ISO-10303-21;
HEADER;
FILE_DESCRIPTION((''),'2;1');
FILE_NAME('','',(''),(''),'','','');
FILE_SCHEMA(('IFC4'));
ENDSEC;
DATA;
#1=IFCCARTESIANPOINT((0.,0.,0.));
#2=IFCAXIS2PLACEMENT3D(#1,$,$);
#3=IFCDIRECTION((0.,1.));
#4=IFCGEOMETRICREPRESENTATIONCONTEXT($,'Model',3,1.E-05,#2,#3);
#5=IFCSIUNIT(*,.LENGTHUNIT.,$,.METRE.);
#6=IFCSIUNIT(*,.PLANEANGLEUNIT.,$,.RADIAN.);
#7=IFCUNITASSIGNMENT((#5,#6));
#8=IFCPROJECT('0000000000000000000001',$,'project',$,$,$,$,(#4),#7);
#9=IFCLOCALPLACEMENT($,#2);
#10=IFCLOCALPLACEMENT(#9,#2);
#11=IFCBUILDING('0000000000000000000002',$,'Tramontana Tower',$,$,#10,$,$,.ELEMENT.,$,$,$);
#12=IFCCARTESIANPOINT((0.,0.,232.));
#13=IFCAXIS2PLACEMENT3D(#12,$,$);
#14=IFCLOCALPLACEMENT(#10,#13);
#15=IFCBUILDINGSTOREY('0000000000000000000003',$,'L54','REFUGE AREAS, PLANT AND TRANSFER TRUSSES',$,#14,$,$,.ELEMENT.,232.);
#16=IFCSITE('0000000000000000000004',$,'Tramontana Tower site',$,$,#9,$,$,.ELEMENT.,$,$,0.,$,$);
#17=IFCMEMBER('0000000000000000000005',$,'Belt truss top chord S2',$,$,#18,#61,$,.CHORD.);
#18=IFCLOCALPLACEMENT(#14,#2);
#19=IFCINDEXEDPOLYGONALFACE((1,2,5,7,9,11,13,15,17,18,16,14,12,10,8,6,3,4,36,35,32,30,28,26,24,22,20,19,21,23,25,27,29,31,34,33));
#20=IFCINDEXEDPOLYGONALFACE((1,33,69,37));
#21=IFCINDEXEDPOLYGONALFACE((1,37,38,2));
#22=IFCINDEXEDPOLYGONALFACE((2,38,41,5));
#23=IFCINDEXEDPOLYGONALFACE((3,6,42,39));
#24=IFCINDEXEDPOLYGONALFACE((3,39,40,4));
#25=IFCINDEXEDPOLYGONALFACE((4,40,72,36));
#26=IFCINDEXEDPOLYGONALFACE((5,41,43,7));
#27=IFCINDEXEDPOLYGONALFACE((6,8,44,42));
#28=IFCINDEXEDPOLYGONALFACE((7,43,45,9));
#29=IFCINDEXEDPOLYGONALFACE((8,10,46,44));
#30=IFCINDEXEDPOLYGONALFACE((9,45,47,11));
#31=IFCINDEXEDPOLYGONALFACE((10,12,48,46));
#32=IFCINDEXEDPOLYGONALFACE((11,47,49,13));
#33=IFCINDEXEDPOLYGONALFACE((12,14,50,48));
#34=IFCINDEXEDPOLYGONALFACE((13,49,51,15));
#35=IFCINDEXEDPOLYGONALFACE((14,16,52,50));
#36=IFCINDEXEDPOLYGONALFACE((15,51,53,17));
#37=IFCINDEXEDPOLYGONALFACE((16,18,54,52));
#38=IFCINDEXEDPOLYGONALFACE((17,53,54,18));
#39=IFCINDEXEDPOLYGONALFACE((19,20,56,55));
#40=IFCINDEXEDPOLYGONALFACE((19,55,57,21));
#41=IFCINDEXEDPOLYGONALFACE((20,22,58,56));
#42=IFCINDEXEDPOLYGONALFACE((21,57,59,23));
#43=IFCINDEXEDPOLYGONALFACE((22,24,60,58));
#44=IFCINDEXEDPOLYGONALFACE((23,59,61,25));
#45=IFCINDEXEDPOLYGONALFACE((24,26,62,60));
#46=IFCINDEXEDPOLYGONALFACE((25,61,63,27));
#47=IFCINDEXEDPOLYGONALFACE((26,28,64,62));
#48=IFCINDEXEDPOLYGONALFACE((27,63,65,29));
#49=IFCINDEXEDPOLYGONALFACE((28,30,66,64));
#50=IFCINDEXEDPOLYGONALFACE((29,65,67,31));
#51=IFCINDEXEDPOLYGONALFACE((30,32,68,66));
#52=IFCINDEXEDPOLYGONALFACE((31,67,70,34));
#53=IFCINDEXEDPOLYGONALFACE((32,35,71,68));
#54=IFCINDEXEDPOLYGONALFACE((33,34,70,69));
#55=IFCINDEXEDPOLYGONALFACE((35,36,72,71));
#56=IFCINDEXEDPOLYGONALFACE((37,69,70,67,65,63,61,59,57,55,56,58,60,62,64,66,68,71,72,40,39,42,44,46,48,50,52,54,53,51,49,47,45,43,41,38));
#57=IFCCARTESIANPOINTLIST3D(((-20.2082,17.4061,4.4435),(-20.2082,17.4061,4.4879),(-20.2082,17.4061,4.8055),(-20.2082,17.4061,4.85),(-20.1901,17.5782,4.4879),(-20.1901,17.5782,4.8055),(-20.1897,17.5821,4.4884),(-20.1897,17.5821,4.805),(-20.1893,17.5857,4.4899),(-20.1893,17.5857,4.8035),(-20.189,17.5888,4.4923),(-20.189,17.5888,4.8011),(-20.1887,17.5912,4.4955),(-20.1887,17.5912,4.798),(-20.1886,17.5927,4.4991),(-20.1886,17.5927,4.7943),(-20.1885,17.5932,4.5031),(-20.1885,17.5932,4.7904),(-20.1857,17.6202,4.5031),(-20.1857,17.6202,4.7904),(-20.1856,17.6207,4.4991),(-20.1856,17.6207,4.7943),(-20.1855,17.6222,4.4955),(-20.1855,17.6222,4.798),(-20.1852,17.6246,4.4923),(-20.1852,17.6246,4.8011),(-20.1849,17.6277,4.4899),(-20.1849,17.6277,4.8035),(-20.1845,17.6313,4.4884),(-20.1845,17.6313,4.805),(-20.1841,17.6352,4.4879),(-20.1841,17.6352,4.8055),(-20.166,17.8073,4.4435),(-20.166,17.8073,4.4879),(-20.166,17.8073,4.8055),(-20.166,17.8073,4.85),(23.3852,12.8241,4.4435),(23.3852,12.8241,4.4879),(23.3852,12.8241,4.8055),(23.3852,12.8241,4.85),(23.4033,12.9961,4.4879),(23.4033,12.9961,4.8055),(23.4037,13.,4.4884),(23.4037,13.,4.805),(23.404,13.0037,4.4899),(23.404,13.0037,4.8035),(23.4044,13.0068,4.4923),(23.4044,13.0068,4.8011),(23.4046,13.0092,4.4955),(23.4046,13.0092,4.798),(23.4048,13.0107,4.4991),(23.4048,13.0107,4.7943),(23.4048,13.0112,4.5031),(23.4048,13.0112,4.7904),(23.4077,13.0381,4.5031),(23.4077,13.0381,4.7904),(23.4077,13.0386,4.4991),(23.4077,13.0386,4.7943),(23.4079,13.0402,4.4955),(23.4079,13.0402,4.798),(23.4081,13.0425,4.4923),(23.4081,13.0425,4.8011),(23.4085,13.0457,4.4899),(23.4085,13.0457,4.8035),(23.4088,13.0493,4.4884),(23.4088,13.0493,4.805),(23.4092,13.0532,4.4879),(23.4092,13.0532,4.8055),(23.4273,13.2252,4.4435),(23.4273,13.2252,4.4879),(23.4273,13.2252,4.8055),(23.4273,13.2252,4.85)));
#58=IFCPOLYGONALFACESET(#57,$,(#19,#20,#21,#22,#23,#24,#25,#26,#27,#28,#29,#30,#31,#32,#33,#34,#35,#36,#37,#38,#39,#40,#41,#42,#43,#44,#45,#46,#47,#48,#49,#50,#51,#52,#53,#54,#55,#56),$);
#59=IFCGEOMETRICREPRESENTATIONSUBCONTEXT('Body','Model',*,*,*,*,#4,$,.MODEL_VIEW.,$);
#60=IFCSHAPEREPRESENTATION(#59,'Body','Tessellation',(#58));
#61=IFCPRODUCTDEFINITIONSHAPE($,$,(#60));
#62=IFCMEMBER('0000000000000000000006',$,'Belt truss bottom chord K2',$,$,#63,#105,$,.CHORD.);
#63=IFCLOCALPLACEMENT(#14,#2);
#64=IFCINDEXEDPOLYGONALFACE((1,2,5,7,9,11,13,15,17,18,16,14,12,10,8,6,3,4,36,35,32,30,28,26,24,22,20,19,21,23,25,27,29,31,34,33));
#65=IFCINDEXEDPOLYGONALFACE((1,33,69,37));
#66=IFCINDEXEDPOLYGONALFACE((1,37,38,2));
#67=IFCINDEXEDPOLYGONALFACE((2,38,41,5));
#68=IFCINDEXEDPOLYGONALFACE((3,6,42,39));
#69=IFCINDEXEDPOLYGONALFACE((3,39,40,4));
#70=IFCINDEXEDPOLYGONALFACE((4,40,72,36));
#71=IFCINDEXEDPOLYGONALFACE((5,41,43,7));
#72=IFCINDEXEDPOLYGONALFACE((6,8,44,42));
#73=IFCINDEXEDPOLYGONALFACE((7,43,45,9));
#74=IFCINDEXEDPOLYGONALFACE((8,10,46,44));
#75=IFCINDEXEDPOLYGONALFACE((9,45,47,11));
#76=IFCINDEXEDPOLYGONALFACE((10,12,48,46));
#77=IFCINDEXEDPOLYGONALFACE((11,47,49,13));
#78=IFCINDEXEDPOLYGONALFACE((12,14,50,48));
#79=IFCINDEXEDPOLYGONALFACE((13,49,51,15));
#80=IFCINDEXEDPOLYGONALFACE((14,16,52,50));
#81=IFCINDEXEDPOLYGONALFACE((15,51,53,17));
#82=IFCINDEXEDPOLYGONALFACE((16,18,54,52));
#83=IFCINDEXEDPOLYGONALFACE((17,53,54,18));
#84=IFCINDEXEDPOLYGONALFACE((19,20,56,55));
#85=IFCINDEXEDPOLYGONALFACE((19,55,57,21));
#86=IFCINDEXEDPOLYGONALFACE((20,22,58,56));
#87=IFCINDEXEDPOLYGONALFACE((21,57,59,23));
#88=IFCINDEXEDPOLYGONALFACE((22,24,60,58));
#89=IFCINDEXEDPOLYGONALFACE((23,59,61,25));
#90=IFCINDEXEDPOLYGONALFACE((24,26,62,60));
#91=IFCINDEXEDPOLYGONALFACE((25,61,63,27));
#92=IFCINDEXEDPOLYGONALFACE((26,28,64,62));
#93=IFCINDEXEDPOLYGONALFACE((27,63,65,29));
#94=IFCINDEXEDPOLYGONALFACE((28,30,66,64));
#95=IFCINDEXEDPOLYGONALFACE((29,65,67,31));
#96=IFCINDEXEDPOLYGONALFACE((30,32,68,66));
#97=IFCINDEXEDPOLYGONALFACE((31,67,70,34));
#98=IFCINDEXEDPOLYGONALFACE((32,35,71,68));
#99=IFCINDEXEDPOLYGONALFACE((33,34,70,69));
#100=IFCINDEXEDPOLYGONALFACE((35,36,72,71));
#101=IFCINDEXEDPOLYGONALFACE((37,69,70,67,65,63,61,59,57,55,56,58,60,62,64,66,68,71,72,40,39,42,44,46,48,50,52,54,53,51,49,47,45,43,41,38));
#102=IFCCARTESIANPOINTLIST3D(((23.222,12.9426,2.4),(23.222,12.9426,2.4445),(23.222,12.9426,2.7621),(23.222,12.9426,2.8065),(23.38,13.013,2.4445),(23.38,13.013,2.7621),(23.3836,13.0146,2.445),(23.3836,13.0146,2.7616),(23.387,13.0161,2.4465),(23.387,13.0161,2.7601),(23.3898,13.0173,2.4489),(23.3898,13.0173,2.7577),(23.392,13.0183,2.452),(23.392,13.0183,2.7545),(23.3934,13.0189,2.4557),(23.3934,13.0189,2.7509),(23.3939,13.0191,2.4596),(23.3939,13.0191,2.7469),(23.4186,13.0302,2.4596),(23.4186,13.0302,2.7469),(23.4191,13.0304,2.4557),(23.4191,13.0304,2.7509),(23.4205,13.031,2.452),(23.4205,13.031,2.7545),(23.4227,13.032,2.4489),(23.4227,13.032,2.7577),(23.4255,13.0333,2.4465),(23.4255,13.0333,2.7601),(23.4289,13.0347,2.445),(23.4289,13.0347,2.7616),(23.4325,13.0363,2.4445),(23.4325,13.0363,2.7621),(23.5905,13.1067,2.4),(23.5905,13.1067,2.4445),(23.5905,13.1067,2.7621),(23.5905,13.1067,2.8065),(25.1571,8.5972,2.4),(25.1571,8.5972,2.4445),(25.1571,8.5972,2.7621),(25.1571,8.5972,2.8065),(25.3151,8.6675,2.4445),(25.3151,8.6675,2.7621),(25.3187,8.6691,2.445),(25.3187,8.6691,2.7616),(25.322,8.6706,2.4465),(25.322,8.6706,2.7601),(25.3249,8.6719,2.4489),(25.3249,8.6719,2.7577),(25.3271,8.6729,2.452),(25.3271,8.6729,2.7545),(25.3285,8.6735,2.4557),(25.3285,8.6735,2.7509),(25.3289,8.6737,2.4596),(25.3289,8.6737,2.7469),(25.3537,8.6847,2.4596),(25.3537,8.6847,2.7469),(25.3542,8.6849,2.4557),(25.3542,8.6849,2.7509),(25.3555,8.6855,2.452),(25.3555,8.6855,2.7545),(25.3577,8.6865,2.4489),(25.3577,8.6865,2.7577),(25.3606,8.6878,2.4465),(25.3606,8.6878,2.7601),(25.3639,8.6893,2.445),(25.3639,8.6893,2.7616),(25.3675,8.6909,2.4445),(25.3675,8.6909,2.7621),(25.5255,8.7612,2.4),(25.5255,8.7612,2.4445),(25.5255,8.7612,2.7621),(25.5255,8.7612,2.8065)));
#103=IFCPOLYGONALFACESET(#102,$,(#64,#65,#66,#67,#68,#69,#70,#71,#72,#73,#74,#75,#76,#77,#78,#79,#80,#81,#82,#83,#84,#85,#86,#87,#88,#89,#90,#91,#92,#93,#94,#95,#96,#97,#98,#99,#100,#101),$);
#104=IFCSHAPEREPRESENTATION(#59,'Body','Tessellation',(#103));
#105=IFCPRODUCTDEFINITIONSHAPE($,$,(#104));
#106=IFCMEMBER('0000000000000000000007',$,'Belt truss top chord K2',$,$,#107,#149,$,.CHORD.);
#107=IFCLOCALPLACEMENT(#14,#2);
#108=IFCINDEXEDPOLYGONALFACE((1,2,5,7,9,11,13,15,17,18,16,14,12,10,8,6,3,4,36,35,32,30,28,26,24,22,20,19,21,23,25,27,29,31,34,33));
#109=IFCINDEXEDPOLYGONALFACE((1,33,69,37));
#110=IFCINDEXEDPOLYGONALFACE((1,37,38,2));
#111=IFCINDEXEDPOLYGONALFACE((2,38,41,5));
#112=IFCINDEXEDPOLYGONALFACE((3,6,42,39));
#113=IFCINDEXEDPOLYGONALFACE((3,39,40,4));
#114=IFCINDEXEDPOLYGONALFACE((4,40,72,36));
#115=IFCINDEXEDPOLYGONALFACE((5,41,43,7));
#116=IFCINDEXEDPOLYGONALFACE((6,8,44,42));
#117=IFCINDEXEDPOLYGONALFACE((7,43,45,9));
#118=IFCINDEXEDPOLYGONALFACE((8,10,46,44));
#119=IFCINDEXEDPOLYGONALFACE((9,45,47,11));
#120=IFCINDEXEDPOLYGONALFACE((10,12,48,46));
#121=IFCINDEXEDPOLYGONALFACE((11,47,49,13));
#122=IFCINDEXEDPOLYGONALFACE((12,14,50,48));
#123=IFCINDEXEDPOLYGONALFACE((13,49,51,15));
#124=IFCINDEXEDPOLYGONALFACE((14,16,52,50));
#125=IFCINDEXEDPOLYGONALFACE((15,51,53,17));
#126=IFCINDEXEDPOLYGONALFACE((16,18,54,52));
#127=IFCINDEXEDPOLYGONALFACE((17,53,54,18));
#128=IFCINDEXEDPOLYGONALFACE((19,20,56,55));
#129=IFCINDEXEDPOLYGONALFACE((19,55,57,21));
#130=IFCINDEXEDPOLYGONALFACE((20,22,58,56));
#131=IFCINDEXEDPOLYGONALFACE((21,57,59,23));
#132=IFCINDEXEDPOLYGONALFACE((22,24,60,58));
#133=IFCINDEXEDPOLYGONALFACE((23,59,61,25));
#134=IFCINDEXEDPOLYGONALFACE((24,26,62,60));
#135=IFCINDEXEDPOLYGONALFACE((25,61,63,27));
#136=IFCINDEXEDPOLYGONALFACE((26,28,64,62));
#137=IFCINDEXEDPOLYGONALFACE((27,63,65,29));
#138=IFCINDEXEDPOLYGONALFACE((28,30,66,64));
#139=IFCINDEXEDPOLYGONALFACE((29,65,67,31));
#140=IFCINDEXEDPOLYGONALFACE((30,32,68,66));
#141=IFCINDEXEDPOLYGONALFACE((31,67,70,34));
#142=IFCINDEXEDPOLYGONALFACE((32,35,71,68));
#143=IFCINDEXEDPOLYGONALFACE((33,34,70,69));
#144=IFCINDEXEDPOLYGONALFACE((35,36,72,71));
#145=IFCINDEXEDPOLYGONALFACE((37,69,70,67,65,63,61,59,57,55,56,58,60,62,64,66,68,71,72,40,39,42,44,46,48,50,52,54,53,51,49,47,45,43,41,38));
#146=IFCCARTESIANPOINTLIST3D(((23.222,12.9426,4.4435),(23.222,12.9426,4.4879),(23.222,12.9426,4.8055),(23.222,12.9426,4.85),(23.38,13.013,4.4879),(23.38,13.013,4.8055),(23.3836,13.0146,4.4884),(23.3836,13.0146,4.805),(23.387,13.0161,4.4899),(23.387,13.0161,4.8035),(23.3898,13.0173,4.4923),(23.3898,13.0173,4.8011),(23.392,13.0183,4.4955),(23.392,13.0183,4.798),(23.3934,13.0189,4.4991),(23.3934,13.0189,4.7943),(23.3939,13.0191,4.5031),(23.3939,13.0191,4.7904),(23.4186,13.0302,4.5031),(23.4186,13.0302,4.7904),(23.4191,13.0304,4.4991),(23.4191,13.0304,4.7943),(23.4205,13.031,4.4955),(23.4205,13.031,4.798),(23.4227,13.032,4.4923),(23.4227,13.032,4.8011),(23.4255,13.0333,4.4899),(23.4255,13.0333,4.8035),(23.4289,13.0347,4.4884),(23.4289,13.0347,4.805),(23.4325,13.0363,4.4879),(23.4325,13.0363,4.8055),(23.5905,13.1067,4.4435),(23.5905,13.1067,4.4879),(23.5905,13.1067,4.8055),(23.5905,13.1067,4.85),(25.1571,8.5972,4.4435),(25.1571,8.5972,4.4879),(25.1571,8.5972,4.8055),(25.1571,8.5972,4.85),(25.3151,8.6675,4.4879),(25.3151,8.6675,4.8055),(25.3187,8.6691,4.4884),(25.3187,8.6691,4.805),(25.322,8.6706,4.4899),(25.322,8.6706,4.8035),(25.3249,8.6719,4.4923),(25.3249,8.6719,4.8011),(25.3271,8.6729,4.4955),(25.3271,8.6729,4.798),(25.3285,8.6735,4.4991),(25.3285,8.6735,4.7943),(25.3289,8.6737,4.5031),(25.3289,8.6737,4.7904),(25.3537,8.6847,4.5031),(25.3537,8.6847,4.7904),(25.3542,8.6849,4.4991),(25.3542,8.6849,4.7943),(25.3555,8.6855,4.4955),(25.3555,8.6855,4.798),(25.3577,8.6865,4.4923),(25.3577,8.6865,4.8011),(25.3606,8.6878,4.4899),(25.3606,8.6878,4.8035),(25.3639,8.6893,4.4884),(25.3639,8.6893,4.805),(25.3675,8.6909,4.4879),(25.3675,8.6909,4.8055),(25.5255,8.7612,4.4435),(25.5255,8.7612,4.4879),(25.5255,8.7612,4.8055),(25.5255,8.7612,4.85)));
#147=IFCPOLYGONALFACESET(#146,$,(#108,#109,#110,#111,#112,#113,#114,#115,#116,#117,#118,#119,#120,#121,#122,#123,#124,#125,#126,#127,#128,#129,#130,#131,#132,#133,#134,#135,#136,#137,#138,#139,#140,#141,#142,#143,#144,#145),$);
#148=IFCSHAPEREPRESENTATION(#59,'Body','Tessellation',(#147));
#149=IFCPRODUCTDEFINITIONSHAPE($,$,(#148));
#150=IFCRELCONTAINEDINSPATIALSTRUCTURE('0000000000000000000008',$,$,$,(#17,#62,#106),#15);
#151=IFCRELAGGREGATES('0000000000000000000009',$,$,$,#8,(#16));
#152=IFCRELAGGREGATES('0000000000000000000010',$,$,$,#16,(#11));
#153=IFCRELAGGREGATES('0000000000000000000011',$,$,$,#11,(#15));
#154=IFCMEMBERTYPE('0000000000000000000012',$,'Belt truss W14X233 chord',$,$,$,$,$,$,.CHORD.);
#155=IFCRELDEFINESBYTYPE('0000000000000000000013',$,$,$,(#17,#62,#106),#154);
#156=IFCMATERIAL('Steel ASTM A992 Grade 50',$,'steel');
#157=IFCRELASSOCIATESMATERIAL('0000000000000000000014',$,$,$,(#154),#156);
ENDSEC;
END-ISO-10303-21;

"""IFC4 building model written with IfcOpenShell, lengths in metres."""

from ifc_helpers import new_model, si_unit, direction, frame, origin, origin_2d, place, context, subcontext, project, spatial, i_section, extrude, material, material_profile, profile_set, type_object, element, save


model = new_model("IFC4")

# Units and contexts
model_context = context("Model", 3, precision=1e-05, world=origin(), true_north=direction((0.0, 1.0)))
body_context = subcontext(model_context, "Body", "Model", "MODEL_VIEW")
ifc_project = project(units=[si_unit("LENGTHUNIT", "METRE"), si_unit("PLANEANGLEUNIT", "RADIAN")], contexts=[model_context])

# Site, building, storey
site_placement = place(None, origin())
site = spatial("IfcSite", under=ifc_project, at=site_placement, Name="Tramontana Tower site", CompositionType="ELEMENT", RefElevation=0.0)
building_placement = place(site_placement, origin())
building = spatial("IfcBuilding", under=site, at=building_placement, Name="Tramontana Tower", CompositionType="ELEMENT")
storey_placement = place(building_placement, frame((0.0, 0.0, 232.0)))
storey = spatial("IfcBuildingStorey", under=building, at=storey_placement, Name="L54", Description="REFUGE AREAS, PLANT AND TRANSFER TRUSSES", CompositionType="ELEMENT", Elevation=232.0)

# Members
ifc_material_1 = material(Name="Steel ASTM A992 Grade 50", Category="steel")
ifc_material_profile_1 = material_profile(ifc_material_1, i_section(OverallWidth=0.4033, OverallDepth=0.4065, WebThickness=0.0271, FlangeThickness=0.0444, FilletRadius=0.0151, at=origin_2d()), Name="W14X233")
ifc_profile_set_1 = profile_set([ifc_material_profile_1], Name="Steel ASTM A992 Grade 50")
member_type_1 = type_object("IfcMemberType", Name="Belt truss W14X233 chord", PredefinedType="CHORD", material=ifc_profile_set_1)
for number, where, z_axis, x_axis, name in (
    (1, (23.4062, 13.0247, 4.6467), (-0.994521, 0.104533, 0.0), (-0.104533, -0.994521, 0.0), "Belt truss top chord S2"),
):
    element("IfcMember", number, at=place(storey_placement, frame(where, z_axis=z_axis, x_axis=x_axis)), inside=storey, type_object=member_type_1, Name=name, PredefinedType="CHORD", context=body_context, shape_type="SweptSolid", body=[
        extrude(i_section(OverallWidth=0.4033, OverallDepth=0.4065, WebThickness=0.0271, FlangeThickness=0.0444, FilletRadius=0.0151, at=origin_2d()), origin(), (0.0, 0.0, 1.0), 43.8335),
    ])
for number, where, z_axis, x_axis, name in (
    (2, (25.3413, 8.6792, 2.6033), (-0.406796, 0.913519, 0.0), (-0.913519, -0.406796, 0.0), "Belt truss bottom chord K2"),
    (3, (25.3413, 8.6792, 4.6467), (-0.406796, 0.913519, 0.0), (-0.913519, -0.406796, 0.0), "Belt truss top chord K2"),
):
    element("IfcMember", number, at=place(storey_placement, frame(where, z_axis=z_axis, x_axis=x_axis)), inside=storey, type_object=member_type_1, Name=name, PredefinedType="CHORD", context=body_context, shape_type="SweptSolid", body=[
        extrude(i_section(OverallWidth=0.4033, OverallDepth=0.4065, WebThickness=0.0271, FlangeThickness=0.0444, FilletRadius=0.0151, at=origin_2d()), origin(), (0.0, 0.0, 1.0), 4.7568),
    ])

save(model, "model.ifc")
